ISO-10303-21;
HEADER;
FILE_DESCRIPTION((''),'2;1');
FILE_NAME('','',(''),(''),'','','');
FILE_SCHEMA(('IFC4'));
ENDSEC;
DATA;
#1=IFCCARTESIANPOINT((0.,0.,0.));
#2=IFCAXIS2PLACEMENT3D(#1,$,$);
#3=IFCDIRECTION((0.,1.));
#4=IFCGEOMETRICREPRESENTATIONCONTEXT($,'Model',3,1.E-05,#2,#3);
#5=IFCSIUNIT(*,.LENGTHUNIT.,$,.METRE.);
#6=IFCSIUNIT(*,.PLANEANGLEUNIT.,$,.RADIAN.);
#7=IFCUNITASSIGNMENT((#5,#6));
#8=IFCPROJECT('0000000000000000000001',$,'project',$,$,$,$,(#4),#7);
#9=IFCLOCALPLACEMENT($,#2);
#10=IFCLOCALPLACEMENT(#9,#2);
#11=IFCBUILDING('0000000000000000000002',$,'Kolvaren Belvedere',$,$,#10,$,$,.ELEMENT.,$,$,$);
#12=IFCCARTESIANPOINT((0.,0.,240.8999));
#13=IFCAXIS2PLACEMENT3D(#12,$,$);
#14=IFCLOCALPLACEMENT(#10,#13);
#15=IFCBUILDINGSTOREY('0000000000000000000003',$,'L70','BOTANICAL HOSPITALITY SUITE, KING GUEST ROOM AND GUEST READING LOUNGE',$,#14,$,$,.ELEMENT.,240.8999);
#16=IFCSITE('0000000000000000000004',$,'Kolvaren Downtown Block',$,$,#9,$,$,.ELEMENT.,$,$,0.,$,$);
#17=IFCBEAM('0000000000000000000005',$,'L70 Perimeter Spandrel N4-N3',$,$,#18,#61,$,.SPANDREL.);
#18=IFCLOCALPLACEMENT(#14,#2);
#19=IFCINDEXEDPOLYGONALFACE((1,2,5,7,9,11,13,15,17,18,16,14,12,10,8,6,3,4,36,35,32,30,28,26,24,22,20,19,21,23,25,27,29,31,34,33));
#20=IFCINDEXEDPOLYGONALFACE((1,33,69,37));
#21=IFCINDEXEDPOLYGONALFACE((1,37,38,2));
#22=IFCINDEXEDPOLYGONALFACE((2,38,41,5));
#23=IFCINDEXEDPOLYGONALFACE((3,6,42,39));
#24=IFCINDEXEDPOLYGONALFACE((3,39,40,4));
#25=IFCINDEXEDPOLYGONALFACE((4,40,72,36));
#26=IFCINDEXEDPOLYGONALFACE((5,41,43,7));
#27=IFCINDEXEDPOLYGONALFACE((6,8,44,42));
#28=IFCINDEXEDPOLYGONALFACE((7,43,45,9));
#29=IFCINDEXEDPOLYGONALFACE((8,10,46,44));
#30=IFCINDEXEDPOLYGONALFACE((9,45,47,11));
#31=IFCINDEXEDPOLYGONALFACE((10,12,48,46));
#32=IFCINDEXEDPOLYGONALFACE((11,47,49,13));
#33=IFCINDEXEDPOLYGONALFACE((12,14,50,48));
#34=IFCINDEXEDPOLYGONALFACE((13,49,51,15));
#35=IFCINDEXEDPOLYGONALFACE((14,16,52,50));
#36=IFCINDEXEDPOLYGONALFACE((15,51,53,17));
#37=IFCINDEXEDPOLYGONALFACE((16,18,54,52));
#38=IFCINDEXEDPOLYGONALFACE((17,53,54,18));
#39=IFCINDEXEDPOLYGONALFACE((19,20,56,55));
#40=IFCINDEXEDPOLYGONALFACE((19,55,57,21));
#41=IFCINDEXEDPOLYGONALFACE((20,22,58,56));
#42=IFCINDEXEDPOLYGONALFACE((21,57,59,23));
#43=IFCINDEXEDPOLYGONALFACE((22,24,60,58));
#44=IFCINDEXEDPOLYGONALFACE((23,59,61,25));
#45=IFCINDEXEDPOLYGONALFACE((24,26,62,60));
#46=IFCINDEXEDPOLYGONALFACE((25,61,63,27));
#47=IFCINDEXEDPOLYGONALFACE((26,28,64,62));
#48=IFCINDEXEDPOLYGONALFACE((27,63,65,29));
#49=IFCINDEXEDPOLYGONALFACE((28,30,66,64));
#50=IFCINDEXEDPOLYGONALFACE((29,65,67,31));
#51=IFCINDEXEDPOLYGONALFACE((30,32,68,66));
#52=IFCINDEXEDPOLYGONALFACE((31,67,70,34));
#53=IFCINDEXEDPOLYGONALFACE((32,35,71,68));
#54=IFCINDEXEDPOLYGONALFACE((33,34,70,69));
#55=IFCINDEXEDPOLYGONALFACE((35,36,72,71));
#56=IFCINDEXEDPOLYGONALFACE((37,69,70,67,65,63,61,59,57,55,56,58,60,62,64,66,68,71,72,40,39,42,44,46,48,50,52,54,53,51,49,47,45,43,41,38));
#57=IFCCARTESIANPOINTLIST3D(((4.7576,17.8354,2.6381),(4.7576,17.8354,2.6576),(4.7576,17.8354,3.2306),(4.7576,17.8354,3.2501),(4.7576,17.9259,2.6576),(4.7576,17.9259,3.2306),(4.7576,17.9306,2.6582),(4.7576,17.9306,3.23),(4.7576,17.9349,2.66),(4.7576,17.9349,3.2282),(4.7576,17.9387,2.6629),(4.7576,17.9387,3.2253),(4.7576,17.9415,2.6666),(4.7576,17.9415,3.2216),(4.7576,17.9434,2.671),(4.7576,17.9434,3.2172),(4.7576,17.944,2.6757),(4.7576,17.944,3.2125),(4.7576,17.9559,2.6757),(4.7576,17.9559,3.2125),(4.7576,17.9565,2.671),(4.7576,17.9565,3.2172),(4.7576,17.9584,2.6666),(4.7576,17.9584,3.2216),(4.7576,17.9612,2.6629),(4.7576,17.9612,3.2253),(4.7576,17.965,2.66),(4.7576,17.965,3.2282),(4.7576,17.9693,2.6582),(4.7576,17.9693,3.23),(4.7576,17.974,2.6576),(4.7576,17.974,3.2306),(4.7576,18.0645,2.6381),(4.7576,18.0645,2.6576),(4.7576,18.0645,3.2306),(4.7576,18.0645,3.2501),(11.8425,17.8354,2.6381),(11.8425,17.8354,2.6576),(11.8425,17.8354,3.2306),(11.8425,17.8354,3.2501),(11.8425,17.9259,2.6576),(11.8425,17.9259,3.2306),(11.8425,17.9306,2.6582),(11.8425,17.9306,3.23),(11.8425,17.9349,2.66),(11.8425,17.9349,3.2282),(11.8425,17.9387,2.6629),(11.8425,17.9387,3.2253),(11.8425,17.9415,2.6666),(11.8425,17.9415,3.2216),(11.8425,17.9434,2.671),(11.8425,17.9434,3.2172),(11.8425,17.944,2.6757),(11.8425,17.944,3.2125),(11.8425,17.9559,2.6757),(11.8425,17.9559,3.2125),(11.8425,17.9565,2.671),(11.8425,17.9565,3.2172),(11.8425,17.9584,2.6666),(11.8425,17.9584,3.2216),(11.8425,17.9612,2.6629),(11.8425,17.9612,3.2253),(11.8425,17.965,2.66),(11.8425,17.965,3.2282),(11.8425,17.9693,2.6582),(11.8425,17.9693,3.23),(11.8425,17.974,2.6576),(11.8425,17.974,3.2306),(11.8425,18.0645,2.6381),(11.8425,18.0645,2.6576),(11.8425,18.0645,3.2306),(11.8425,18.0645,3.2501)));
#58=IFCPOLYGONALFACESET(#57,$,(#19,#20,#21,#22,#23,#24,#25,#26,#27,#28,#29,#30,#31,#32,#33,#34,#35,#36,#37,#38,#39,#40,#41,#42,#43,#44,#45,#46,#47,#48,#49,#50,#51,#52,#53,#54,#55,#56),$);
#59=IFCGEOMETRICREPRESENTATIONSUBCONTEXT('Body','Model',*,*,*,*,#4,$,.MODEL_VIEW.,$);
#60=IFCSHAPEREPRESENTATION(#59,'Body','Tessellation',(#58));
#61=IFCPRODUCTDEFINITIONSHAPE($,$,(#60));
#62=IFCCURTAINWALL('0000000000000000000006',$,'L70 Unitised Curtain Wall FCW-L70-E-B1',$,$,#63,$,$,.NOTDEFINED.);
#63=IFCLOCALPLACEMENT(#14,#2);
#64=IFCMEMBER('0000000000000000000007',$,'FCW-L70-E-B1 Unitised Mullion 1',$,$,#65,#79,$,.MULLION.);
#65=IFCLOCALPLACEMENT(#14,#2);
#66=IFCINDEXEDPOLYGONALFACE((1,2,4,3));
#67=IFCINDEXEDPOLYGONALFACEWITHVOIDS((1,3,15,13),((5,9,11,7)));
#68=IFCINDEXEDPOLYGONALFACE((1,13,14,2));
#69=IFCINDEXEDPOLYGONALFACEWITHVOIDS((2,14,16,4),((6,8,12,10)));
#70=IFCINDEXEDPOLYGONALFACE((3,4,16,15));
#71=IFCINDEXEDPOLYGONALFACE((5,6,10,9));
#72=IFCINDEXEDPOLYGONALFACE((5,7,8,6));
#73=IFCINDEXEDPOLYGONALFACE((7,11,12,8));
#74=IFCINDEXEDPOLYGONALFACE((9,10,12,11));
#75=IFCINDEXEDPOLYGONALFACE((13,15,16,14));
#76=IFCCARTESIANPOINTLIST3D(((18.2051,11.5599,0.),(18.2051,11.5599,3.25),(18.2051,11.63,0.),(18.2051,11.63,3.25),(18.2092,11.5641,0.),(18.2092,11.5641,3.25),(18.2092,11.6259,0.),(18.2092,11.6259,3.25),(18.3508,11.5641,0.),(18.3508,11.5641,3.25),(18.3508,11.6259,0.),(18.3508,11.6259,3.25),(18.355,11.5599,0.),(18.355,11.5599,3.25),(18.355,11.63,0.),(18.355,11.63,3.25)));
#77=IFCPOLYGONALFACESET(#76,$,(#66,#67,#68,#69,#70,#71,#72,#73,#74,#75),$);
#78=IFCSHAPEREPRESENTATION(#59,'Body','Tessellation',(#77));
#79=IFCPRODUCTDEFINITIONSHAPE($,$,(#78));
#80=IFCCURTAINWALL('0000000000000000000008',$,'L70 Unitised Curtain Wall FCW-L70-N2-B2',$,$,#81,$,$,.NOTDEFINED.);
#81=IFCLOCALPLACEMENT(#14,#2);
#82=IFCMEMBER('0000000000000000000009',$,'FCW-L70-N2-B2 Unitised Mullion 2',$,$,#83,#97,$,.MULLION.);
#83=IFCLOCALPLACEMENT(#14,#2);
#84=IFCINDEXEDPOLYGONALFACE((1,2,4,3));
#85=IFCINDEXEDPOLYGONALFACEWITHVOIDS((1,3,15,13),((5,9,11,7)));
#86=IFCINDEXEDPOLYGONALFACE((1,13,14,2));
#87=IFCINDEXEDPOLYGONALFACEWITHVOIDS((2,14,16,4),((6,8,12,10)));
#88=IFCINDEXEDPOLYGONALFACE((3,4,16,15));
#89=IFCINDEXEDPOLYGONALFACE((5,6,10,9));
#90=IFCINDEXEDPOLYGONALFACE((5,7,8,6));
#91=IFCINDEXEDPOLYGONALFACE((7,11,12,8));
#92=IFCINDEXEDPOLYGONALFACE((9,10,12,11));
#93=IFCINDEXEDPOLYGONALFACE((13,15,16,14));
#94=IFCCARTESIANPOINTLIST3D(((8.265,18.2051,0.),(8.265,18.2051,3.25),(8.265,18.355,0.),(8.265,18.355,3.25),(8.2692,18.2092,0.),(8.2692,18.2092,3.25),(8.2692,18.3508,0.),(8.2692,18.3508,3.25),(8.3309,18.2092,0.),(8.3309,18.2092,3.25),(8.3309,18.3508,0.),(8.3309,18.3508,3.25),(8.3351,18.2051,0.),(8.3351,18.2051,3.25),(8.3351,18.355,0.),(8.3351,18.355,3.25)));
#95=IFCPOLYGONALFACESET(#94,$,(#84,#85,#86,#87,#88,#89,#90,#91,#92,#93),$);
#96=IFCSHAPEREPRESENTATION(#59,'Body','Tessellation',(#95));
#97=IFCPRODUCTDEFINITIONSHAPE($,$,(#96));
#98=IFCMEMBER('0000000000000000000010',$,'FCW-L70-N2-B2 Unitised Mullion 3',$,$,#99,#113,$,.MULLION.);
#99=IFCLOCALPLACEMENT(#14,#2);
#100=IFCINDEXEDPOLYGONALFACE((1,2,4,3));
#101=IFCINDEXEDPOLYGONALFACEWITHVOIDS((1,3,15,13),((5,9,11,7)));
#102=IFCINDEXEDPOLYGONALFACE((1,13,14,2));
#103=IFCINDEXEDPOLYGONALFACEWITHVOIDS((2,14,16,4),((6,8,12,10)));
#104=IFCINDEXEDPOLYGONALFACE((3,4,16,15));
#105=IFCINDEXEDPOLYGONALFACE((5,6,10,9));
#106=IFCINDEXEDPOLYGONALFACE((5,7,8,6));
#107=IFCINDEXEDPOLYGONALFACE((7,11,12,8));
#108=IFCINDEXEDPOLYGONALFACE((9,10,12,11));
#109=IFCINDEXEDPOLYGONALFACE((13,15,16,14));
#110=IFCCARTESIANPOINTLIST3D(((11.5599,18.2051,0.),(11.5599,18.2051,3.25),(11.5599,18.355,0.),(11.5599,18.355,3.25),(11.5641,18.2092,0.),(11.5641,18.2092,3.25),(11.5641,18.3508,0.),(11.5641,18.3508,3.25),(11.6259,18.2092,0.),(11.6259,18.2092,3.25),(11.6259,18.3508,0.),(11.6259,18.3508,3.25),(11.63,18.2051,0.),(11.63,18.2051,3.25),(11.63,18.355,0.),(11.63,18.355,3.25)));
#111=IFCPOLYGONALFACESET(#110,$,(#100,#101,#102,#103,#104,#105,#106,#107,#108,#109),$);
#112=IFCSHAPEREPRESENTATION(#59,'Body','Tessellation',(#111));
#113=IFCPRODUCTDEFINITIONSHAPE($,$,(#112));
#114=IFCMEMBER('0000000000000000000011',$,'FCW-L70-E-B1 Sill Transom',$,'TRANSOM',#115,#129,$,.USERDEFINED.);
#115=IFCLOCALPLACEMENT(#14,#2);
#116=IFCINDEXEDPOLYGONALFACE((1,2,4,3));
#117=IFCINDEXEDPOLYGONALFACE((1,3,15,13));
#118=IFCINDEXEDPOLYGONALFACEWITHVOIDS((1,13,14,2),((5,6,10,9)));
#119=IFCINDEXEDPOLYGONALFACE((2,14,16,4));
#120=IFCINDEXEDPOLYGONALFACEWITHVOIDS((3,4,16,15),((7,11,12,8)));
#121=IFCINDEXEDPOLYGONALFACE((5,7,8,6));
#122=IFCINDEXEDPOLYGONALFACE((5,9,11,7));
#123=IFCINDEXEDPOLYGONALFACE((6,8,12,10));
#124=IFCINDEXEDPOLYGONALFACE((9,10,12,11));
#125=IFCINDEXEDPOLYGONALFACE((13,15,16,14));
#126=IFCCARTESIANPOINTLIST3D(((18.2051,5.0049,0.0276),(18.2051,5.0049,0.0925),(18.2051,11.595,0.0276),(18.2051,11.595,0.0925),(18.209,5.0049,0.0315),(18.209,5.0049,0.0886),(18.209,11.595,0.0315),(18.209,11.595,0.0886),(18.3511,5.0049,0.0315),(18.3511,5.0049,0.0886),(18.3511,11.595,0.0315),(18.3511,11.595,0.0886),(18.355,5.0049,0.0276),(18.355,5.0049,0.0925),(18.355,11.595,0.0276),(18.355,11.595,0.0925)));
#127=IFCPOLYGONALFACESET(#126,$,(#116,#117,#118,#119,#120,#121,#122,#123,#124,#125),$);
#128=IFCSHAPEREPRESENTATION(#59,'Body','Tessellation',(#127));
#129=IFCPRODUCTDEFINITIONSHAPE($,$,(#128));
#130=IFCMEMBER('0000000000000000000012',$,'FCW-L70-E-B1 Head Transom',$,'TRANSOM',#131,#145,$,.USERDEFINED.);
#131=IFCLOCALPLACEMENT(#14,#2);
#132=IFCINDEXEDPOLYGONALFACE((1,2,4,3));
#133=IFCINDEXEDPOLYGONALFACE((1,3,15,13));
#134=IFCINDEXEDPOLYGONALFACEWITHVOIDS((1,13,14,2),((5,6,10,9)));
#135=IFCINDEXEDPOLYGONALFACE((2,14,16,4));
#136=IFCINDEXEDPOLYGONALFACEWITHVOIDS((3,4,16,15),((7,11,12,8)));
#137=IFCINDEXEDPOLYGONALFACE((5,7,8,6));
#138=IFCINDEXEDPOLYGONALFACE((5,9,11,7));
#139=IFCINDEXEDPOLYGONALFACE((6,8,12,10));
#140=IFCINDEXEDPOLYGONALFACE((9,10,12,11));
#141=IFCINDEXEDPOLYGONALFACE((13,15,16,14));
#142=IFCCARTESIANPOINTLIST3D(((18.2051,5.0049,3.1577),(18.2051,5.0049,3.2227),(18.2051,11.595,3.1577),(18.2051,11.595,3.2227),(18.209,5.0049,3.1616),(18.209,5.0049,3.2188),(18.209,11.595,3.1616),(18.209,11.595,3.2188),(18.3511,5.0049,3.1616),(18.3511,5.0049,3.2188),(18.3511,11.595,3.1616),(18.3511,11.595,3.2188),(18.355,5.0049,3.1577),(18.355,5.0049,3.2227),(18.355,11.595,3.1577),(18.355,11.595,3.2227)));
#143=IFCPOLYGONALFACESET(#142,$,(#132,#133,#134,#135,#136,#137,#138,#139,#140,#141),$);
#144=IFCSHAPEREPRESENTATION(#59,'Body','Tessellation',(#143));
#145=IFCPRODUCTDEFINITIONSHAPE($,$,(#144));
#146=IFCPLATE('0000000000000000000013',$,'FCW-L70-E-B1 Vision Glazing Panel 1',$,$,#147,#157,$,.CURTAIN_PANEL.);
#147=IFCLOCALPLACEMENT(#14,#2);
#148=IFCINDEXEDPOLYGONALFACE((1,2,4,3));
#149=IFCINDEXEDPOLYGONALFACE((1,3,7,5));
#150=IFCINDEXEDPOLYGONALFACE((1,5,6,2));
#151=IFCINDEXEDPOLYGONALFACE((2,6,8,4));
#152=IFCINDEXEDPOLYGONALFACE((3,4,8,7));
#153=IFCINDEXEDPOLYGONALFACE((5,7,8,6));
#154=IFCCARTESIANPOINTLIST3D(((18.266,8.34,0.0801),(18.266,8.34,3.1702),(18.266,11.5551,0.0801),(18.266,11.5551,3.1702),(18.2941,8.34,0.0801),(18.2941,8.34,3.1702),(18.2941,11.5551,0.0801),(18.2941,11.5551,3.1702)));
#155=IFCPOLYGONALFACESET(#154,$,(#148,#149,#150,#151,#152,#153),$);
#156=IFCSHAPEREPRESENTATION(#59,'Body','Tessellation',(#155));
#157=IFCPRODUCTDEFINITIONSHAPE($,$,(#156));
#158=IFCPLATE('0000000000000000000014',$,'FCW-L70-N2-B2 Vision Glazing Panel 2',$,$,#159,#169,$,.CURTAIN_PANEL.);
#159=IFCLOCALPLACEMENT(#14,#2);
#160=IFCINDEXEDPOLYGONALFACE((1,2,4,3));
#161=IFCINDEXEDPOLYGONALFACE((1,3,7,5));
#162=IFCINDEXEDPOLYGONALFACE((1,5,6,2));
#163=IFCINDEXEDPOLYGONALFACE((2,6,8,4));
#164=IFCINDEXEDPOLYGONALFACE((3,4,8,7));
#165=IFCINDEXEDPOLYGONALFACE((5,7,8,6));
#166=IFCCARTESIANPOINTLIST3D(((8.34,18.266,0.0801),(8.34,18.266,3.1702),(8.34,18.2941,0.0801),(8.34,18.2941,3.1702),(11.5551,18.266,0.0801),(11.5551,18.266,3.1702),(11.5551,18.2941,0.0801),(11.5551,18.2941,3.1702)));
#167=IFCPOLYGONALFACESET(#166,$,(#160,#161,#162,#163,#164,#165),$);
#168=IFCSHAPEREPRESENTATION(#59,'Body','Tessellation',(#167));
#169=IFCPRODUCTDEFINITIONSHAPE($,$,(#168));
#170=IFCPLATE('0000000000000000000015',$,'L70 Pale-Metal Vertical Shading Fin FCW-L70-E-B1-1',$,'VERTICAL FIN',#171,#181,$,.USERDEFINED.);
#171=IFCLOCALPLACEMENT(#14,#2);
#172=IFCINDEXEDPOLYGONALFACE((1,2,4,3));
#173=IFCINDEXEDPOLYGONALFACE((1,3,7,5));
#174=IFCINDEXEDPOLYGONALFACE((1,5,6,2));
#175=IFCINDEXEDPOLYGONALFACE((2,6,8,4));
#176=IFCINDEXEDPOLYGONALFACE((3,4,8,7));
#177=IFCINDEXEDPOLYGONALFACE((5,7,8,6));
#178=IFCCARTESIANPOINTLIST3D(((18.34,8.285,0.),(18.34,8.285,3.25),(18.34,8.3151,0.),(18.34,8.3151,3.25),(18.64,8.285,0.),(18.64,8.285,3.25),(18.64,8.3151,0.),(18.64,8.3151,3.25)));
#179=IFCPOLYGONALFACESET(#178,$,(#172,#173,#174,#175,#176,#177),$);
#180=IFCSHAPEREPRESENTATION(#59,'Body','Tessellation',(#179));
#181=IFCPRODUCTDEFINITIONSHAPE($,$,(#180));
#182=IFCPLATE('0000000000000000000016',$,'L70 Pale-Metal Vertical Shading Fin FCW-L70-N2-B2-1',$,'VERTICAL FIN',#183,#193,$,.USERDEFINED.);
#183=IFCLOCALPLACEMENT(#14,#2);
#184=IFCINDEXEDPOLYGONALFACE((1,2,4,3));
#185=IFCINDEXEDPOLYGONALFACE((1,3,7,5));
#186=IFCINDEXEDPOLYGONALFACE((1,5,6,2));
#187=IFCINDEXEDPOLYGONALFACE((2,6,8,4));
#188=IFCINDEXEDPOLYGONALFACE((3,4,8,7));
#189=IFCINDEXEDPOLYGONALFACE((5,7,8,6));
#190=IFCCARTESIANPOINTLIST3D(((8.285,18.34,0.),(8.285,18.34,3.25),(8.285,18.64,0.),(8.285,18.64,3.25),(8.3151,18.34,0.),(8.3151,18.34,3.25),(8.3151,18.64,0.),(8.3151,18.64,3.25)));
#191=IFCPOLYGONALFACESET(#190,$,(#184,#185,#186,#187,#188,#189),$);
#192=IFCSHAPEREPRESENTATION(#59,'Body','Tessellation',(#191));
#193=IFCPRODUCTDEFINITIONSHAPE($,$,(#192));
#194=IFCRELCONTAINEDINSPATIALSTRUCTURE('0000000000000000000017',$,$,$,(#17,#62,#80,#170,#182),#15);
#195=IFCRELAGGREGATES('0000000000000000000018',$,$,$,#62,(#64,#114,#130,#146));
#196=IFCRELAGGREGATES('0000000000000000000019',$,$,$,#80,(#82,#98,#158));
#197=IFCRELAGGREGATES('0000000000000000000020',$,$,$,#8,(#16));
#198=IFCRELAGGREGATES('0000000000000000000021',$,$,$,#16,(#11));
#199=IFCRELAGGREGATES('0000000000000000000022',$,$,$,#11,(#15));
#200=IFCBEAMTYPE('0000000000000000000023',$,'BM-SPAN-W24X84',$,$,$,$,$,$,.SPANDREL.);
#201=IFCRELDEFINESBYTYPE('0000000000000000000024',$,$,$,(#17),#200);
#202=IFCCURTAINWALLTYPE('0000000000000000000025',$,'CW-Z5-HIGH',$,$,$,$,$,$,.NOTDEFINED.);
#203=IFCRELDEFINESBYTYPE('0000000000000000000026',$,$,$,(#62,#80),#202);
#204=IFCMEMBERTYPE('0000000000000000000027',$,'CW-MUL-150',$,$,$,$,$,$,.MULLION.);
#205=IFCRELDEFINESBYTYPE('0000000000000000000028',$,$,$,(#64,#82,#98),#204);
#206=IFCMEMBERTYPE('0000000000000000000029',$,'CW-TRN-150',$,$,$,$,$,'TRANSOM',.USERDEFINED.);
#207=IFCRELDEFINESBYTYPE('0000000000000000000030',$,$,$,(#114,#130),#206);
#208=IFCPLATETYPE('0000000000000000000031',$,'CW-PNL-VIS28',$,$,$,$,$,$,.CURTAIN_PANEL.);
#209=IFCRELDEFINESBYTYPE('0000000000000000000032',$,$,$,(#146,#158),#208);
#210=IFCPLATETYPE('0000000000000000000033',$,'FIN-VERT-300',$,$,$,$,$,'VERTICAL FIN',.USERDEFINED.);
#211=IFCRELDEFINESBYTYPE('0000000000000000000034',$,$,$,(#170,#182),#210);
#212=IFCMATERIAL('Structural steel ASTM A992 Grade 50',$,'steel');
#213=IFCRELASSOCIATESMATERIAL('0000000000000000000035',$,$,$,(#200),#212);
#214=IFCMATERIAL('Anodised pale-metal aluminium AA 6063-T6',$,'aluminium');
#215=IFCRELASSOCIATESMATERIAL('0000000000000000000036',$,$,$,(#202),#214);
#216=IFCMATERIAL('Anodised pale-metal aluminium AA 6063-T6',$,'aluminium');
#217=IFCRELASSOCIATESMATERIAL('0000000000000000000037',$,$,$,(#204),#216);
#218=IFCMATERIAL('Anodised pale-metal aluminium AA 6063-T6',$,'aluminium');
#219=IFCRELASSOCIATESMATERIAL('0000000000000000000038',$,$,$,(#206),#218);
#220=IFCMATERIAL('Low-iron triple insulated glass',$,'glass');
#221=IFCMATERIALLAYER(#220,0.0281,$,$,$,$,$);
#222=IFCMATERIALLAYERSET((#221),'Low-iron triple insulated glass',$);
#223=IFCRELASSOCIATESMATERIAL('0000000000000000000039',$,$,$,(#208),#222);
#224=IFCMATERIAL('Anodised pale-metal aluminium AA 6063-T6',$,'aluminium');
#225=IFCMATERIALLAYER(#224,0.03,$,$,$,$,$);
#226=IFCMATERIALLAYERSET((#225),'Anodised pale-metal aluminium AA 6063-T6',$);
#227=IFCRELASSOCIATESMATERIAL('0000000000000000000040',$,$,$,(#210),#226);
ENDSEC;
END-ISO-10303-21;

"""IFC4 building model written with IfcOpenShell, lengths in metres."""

from ifc_helpers import new_model, si_unit, direction, frame, origin, origin_2d, place, context, subcontext, project, spatial, rectangle, hollow_rectangle, i_section, extrude, material, layer, layer_set, material_profile, profile_set, type_object, element, aggregate, save


model = new_model("IFC4")

# Units and contexts
model_context = context("Model", 3, precision=1e-05, world=origin(), true_north=direction((0.0, 1.0)))
body_context = subcontext(model_context, "Body", "Model", "MODEL_VIEW")
ifc_project = project(units=[si_unit("LENGTHUNIT", "METRE"), si_unit("PLANEANGLEUNIT", "RADIAN")], contexts=[model_context])

# Site, building, storey
site_placement = place(None, origin())
site = spatial("IfcSite", under=ifc_project, at=site_placement, Name="Kolvaren Downtown Block", CompositionType="ELEMENT", RefElevation=0.0)
building_placement = place(site_placement, origin())
building = spatial("IfcBuilding", under=site, at=building_placement, Name="Kolvaren Belvedere", CompositionType="ELEMENT")
storey_placement = place(building_placement, frame((0.0, 0.0, 240.8999)))
storey = spatial("IfcBuildingStorey", under=building, at=storey_placement, Name="L70", Description="BOTANICAL HOSPITALITY SUITE, KING GUEST ROOM AND GUEST READING LOUNGE", CompositionType="ELEMENT", Elevation=240.8999)

# Beam
ifc_material_1 = material(Name="Structural steel ASTM A992 Grade 50", Category="steel")
ifc_material_profile_1 = material_profile(ifc_material_1, i_section(OverallWidth=0.229, OverallDepth=0.6121, WebThickness=0.012, FlangeThickness=0.0195, FilletRadius=0.0181, at=origin_2d()), Name="W24X84")
ifc_profile_set_1 = profile_set([ifc_material_profile_1], Name="Structural steel ASTM A992 Grade 50")
beam_type_1 = type_object("IfcBeamType", Name="BM-SPAN-W24X84", PredefinedType="SPANDREL", material=ifc_profile_set_1)
beam_1_placement = place(storey_placement, frame((11.8425, 17.95, 2.9441), z_axis=(-1.0, 0.0, 0.0), x_axis=(0.0, -1.0, 0.0)))
element("IfcBeam", 1, at=beam_1_placement, inside=storey, type_object=beam_type_1, Name="L70 Perimeter Spandrel N4-N3", PredefinedType="SPANDREL", context=body_context, shape_type="SweptSolid", body=[
    extrude(i_section(OverallWidth=0.229, OverallDepth=0.6121, WebThickness=0.012, FlangeThickness=0.0195, FilletRadius=0.0181, at=origin_2d()), origin(), (0.0, 0.0, 1.0), 7.085),
])

# Curtain wall, member
ifc_material_2 = material(Name="Anodised pale-metal aluminium AA 6063-T6", Category="aluminium")
curtain_wall_type = type_object("IfcCurtainWallType", Name="CW-Z5-HIGH", PredefinedType="NOTDEFINED", material=ifc_material_2)
curtain_wall_1_placement = place(storey_placement, origin())
curtain_wall_1 = element("IfcCurtainWall", 2, at=curtain_wall_1_placement, inside=storey, type_object=curtain_wall_type, Name="L70 Unitised Curtain Wall FCW-L70-E-B1", PredefinedType="NOTDEFINED")
ifc_material_3 = material(Name="Anodised pale-metal aluminium AA 6063-T6", Category="aluminium")
ifc_material_profile_2 = material_profile(ifc_material_3, hollow_rectangle(XDim=0.0701, YDim=0.1499, WallThickness=0.0042, at=origin_2d()), Name="ALU-MUL-150X70")
ifc_profile_set_2 = profile_set([ifc_material_profile_2], Name="Anodised pale-metal aluminium AA 6063-T6")
member_type_1 = type_object("IfcMemberType", Name="CW-MUL-150", PredefinedType="MULLION", material=ifc_profile_set_2)
member_1_placement = place(storey_placement, frame((18.28, 11.595, 0.0), z_axis=(0.0, 0.0, 1.0), x_axis=(0.0, 1.0, 0.0)))
member_1 = element("IfcMember", 3, at=member_1_placement, type_object=member_type_1, Name="FCW-L70-E-B1 Unitised Mullion 1", PredefinedType="MULLION", context=body_context, shape_type="SweptSolid", body=[
    extrude(hollow_rectangle(XDim=0.0701, YDim=0.1499, WallThickness=0.0042, at=origin_2d()), origin(), (0.0, 0.0, 1.0), 3.25),
])

# Curtain wall, members
curtain_wall_2_placement = place(storey_placement, origin())
curtain_wall_2 = element("IfcCurtainWall", 4, at=curtain_wall_2_placement, inside=storey, type_object=curtain_wall_type, Name="L70 Unitised Curtain Wall FCW-L70-N2-B2", PredefinedType="NOTDEFINED")
member_2_placement = place(storey_placement, frame((8.3, 18.28, 0.0), z_axis=(0.0, 0.0, 1.0), x_axis=(1.0, 0.0, 0.0)))
member_2 = element("IfcMember", 5, at=member_2_placement, type_object=member_type_1, Name="FCW-L70-N2-B2 Unitised Mullion 2", PredefinedType="MULLION", context=body_context, shape_type="SweptSolid", body=[
    extrude(hollow_rectangle(XDim=0.0701, YDim=0.1499, WallThickness=0.0042, at=origin_2d()), origin(), (0.0, 0.0, 1.0), 3.25),
])
member_3_placement = place(storey_placement, frame((11.595, 18.28, 0.0), z_axis=(0.0, 0.0, 1.0), x_axis=(1.0, 0.0, 0.0)))
member_3 = element("IfcMember", 6, at=member_3_placement, type_object=member_type_1, Name="FCW-L70-N2-B2 Unitised Mullion 3", PredefinedType="MULLION", context=body_context, shape_type="SweptSolid", body=[
    extrude(hollow_rectangle(XDim=0.0701, YDim=0.1499, WallThickness=0.0042, at=origin_2d()), origin(), (0.0, 0.0, 1.0), 3.25),
])

# Members
ifc_material_4 = material(Name="Anodised pale-metal aluminium AA 6063-T6", Category="aluminium")
ifc_material_profile_3 = material_profile(ifc_material_4, hollow_rectangle(XDim=0.0649, YDim=0.1499, WallThickness=0.0039, at=origin_2d()), Name="ALU-TRN-150X65")
ifc_profile_set_3 = profile_set([ifc_material_profile_3], Name="Anodised pale-metal aluminium AA 6063-T6")
member_type_2 = type_object("IfcMemberType", Name="CW-TRN-150", ElementType="TRANSOM", PredefinedType="USERDEFINED", material=ifc_profile_set_3)
member_4_placement = place(storey_placement, frame((18.28, 11.595, 0.0601), z_axis=(0.0, -1.0, 0.0), x_axis=(0.0, 0.0, 1.0)))
member_4 = element("IfcMember", 7, at=member_4_placement, type_object=member_type_2, Name="FCW-L70-E-B1 Sill Transom", ObjectType="TRANSOM", PredefinedType="USERDEFINED", context=body_context, shape_type="SweptSolid", body=[
    extrude(hollow_rectangle(XDim=0.0649, YDim=0.1499, WallThickness=0.0039, at=origin_2d()), origin(), (0.0, 0.0, 1.0), 6.5901),
])
member_5_placement = place(storey_placement, frame((18.28, 11.595, 3.1902), z_axis=(0.0, -1.0, 0.0), x_axis=(0.0, 0.0, 1.0)))
member_5 = element("IfcMember", 8, at=member_5_placement, type_object=member_type_2, Name="FCW-L70-E-B1 Head Transom", ObjectType="TRANSOM", PredefinedType="USERDEFINED", context=body_context, shape_type="SweptSolid", body=[
    extrude(hollow_rectangle(XDim=0.0649, YDim=0.1499, WallThickness=0.0039, at=origin_2d()), origin(), (0.0, 0.0, 1.0), 6.5901),
])

# Plates
ifc_material_5 = material(Name="Low-iron triple insulated glass", Category="glass")
ifc_layer_1 = layer(ifc_material_5, 0.0281)
ifc_layer_set_1 = layer_set([ifc_layer_1], Name="Low-iron triple insulated glass")
plate_type_1 = type_object("IfcPlateType", Name="CW-PNL-VIS28", PredefinedType="CURTAIN_PANEL", material=ifc_layer_set_1)
plate_1_placement = place(storey_placement, frame((18.28, 9.9475, 0.0801), z_axis=(0.0, 0.0, 1.0), x_axis=(0.0, -1.0, 0.0)))
plate_1 = element("IfcPlate", 9, at=plate_1_placement, type_object=plate_type_1, Name="FCW-L70-E-B1 Vision Glazing Panel 1", PredefinedType="CURTAIN_PANEL", context=body_context, shape_type="SweptSolid", body=[
    extrude(rectangle(XDim=3.2151, YDim=0.0281, at=origin_2d()), origin(), (0.0, 0.0, 1.0), 3.0901),
])
aggregate(curtain_wall_1, [member_1, member_4, member_5, plate_1])
plate_2_placement = place(storey_placement, frame((9.9475, 18.28, 0.0801), z_axis=(0.0, 0.0, 1.0), x_axis=(1.0, 0.0, 0.0)))
plate_2 = element("IfcPlate", 10, at=plate_2_placement, type_object=plate_type_1, Name="FCW-L70-N2-B2 Vision Glazing Panel 2", PredefinedType="CURTAIN_PANEL", context=body_context, shape_type="SweptSolid", body=[
    extrude(rectangle(XDim=3.2151, YDim=0.0281, at=origin_2d()), origin(), (0.0, 0.0, 1.0), 3.0901),
])
aggregate(curtain_wall_2, [member_2, member_3, plate_2])

# Plates
ifc_material_6 = material(Name="Anodised pale-metal aluminium AA 6063-T6", Category="aluminium")
ifc_layer_2 = layer(ifc_material_6, 0.03)
ifc_layer_set_2 = layer_set([ifc_layer_2], Name="Anodised pale-metal aluminium AA 6063-T6")
plate_type_2 = type_object("IfcPlateType", Name="FIN-VERT-300", ElementType="VERTICAL FIN", PredefinedType="USERDEFINED", material=ifc_layer_set_2)
for number, where, z_axis, x_axis, name in (
    (11, (18.49, 8.3, 0.0), (0.0, 0.0, 1.0), (1.0, 0.0, 0.0), "L70 Pale-Metal Vertical Shading Fin FCW-L70-E-B1-1"),
    (12, (8.3, 18.49, 0.0), (0.0, 0.0, 1.0), (0.0, 1.0, 0.0), "L70 Pale-Metal Vertical Shading Fin FCW-L70-N2-B2-1"),
):
    element("IfcPlate", number, at=place(storey_placement, frame(where, z_axis=z_axis, x_axis=x_axis)), inside=storey, type_object=plate_type_2, Name=name, ObjectType="VERTICAL FIN", PredefinedType="USERDEFINED", context=body_context, shape_type="SweptSolid", body=[
        extrude(rectangle(XDim=0.3, YDim=0.03, at=origin_2d()), origin(), (0.0, 0.0, 1.0), 3.25),
    ])

save(model, "model.ifc")
